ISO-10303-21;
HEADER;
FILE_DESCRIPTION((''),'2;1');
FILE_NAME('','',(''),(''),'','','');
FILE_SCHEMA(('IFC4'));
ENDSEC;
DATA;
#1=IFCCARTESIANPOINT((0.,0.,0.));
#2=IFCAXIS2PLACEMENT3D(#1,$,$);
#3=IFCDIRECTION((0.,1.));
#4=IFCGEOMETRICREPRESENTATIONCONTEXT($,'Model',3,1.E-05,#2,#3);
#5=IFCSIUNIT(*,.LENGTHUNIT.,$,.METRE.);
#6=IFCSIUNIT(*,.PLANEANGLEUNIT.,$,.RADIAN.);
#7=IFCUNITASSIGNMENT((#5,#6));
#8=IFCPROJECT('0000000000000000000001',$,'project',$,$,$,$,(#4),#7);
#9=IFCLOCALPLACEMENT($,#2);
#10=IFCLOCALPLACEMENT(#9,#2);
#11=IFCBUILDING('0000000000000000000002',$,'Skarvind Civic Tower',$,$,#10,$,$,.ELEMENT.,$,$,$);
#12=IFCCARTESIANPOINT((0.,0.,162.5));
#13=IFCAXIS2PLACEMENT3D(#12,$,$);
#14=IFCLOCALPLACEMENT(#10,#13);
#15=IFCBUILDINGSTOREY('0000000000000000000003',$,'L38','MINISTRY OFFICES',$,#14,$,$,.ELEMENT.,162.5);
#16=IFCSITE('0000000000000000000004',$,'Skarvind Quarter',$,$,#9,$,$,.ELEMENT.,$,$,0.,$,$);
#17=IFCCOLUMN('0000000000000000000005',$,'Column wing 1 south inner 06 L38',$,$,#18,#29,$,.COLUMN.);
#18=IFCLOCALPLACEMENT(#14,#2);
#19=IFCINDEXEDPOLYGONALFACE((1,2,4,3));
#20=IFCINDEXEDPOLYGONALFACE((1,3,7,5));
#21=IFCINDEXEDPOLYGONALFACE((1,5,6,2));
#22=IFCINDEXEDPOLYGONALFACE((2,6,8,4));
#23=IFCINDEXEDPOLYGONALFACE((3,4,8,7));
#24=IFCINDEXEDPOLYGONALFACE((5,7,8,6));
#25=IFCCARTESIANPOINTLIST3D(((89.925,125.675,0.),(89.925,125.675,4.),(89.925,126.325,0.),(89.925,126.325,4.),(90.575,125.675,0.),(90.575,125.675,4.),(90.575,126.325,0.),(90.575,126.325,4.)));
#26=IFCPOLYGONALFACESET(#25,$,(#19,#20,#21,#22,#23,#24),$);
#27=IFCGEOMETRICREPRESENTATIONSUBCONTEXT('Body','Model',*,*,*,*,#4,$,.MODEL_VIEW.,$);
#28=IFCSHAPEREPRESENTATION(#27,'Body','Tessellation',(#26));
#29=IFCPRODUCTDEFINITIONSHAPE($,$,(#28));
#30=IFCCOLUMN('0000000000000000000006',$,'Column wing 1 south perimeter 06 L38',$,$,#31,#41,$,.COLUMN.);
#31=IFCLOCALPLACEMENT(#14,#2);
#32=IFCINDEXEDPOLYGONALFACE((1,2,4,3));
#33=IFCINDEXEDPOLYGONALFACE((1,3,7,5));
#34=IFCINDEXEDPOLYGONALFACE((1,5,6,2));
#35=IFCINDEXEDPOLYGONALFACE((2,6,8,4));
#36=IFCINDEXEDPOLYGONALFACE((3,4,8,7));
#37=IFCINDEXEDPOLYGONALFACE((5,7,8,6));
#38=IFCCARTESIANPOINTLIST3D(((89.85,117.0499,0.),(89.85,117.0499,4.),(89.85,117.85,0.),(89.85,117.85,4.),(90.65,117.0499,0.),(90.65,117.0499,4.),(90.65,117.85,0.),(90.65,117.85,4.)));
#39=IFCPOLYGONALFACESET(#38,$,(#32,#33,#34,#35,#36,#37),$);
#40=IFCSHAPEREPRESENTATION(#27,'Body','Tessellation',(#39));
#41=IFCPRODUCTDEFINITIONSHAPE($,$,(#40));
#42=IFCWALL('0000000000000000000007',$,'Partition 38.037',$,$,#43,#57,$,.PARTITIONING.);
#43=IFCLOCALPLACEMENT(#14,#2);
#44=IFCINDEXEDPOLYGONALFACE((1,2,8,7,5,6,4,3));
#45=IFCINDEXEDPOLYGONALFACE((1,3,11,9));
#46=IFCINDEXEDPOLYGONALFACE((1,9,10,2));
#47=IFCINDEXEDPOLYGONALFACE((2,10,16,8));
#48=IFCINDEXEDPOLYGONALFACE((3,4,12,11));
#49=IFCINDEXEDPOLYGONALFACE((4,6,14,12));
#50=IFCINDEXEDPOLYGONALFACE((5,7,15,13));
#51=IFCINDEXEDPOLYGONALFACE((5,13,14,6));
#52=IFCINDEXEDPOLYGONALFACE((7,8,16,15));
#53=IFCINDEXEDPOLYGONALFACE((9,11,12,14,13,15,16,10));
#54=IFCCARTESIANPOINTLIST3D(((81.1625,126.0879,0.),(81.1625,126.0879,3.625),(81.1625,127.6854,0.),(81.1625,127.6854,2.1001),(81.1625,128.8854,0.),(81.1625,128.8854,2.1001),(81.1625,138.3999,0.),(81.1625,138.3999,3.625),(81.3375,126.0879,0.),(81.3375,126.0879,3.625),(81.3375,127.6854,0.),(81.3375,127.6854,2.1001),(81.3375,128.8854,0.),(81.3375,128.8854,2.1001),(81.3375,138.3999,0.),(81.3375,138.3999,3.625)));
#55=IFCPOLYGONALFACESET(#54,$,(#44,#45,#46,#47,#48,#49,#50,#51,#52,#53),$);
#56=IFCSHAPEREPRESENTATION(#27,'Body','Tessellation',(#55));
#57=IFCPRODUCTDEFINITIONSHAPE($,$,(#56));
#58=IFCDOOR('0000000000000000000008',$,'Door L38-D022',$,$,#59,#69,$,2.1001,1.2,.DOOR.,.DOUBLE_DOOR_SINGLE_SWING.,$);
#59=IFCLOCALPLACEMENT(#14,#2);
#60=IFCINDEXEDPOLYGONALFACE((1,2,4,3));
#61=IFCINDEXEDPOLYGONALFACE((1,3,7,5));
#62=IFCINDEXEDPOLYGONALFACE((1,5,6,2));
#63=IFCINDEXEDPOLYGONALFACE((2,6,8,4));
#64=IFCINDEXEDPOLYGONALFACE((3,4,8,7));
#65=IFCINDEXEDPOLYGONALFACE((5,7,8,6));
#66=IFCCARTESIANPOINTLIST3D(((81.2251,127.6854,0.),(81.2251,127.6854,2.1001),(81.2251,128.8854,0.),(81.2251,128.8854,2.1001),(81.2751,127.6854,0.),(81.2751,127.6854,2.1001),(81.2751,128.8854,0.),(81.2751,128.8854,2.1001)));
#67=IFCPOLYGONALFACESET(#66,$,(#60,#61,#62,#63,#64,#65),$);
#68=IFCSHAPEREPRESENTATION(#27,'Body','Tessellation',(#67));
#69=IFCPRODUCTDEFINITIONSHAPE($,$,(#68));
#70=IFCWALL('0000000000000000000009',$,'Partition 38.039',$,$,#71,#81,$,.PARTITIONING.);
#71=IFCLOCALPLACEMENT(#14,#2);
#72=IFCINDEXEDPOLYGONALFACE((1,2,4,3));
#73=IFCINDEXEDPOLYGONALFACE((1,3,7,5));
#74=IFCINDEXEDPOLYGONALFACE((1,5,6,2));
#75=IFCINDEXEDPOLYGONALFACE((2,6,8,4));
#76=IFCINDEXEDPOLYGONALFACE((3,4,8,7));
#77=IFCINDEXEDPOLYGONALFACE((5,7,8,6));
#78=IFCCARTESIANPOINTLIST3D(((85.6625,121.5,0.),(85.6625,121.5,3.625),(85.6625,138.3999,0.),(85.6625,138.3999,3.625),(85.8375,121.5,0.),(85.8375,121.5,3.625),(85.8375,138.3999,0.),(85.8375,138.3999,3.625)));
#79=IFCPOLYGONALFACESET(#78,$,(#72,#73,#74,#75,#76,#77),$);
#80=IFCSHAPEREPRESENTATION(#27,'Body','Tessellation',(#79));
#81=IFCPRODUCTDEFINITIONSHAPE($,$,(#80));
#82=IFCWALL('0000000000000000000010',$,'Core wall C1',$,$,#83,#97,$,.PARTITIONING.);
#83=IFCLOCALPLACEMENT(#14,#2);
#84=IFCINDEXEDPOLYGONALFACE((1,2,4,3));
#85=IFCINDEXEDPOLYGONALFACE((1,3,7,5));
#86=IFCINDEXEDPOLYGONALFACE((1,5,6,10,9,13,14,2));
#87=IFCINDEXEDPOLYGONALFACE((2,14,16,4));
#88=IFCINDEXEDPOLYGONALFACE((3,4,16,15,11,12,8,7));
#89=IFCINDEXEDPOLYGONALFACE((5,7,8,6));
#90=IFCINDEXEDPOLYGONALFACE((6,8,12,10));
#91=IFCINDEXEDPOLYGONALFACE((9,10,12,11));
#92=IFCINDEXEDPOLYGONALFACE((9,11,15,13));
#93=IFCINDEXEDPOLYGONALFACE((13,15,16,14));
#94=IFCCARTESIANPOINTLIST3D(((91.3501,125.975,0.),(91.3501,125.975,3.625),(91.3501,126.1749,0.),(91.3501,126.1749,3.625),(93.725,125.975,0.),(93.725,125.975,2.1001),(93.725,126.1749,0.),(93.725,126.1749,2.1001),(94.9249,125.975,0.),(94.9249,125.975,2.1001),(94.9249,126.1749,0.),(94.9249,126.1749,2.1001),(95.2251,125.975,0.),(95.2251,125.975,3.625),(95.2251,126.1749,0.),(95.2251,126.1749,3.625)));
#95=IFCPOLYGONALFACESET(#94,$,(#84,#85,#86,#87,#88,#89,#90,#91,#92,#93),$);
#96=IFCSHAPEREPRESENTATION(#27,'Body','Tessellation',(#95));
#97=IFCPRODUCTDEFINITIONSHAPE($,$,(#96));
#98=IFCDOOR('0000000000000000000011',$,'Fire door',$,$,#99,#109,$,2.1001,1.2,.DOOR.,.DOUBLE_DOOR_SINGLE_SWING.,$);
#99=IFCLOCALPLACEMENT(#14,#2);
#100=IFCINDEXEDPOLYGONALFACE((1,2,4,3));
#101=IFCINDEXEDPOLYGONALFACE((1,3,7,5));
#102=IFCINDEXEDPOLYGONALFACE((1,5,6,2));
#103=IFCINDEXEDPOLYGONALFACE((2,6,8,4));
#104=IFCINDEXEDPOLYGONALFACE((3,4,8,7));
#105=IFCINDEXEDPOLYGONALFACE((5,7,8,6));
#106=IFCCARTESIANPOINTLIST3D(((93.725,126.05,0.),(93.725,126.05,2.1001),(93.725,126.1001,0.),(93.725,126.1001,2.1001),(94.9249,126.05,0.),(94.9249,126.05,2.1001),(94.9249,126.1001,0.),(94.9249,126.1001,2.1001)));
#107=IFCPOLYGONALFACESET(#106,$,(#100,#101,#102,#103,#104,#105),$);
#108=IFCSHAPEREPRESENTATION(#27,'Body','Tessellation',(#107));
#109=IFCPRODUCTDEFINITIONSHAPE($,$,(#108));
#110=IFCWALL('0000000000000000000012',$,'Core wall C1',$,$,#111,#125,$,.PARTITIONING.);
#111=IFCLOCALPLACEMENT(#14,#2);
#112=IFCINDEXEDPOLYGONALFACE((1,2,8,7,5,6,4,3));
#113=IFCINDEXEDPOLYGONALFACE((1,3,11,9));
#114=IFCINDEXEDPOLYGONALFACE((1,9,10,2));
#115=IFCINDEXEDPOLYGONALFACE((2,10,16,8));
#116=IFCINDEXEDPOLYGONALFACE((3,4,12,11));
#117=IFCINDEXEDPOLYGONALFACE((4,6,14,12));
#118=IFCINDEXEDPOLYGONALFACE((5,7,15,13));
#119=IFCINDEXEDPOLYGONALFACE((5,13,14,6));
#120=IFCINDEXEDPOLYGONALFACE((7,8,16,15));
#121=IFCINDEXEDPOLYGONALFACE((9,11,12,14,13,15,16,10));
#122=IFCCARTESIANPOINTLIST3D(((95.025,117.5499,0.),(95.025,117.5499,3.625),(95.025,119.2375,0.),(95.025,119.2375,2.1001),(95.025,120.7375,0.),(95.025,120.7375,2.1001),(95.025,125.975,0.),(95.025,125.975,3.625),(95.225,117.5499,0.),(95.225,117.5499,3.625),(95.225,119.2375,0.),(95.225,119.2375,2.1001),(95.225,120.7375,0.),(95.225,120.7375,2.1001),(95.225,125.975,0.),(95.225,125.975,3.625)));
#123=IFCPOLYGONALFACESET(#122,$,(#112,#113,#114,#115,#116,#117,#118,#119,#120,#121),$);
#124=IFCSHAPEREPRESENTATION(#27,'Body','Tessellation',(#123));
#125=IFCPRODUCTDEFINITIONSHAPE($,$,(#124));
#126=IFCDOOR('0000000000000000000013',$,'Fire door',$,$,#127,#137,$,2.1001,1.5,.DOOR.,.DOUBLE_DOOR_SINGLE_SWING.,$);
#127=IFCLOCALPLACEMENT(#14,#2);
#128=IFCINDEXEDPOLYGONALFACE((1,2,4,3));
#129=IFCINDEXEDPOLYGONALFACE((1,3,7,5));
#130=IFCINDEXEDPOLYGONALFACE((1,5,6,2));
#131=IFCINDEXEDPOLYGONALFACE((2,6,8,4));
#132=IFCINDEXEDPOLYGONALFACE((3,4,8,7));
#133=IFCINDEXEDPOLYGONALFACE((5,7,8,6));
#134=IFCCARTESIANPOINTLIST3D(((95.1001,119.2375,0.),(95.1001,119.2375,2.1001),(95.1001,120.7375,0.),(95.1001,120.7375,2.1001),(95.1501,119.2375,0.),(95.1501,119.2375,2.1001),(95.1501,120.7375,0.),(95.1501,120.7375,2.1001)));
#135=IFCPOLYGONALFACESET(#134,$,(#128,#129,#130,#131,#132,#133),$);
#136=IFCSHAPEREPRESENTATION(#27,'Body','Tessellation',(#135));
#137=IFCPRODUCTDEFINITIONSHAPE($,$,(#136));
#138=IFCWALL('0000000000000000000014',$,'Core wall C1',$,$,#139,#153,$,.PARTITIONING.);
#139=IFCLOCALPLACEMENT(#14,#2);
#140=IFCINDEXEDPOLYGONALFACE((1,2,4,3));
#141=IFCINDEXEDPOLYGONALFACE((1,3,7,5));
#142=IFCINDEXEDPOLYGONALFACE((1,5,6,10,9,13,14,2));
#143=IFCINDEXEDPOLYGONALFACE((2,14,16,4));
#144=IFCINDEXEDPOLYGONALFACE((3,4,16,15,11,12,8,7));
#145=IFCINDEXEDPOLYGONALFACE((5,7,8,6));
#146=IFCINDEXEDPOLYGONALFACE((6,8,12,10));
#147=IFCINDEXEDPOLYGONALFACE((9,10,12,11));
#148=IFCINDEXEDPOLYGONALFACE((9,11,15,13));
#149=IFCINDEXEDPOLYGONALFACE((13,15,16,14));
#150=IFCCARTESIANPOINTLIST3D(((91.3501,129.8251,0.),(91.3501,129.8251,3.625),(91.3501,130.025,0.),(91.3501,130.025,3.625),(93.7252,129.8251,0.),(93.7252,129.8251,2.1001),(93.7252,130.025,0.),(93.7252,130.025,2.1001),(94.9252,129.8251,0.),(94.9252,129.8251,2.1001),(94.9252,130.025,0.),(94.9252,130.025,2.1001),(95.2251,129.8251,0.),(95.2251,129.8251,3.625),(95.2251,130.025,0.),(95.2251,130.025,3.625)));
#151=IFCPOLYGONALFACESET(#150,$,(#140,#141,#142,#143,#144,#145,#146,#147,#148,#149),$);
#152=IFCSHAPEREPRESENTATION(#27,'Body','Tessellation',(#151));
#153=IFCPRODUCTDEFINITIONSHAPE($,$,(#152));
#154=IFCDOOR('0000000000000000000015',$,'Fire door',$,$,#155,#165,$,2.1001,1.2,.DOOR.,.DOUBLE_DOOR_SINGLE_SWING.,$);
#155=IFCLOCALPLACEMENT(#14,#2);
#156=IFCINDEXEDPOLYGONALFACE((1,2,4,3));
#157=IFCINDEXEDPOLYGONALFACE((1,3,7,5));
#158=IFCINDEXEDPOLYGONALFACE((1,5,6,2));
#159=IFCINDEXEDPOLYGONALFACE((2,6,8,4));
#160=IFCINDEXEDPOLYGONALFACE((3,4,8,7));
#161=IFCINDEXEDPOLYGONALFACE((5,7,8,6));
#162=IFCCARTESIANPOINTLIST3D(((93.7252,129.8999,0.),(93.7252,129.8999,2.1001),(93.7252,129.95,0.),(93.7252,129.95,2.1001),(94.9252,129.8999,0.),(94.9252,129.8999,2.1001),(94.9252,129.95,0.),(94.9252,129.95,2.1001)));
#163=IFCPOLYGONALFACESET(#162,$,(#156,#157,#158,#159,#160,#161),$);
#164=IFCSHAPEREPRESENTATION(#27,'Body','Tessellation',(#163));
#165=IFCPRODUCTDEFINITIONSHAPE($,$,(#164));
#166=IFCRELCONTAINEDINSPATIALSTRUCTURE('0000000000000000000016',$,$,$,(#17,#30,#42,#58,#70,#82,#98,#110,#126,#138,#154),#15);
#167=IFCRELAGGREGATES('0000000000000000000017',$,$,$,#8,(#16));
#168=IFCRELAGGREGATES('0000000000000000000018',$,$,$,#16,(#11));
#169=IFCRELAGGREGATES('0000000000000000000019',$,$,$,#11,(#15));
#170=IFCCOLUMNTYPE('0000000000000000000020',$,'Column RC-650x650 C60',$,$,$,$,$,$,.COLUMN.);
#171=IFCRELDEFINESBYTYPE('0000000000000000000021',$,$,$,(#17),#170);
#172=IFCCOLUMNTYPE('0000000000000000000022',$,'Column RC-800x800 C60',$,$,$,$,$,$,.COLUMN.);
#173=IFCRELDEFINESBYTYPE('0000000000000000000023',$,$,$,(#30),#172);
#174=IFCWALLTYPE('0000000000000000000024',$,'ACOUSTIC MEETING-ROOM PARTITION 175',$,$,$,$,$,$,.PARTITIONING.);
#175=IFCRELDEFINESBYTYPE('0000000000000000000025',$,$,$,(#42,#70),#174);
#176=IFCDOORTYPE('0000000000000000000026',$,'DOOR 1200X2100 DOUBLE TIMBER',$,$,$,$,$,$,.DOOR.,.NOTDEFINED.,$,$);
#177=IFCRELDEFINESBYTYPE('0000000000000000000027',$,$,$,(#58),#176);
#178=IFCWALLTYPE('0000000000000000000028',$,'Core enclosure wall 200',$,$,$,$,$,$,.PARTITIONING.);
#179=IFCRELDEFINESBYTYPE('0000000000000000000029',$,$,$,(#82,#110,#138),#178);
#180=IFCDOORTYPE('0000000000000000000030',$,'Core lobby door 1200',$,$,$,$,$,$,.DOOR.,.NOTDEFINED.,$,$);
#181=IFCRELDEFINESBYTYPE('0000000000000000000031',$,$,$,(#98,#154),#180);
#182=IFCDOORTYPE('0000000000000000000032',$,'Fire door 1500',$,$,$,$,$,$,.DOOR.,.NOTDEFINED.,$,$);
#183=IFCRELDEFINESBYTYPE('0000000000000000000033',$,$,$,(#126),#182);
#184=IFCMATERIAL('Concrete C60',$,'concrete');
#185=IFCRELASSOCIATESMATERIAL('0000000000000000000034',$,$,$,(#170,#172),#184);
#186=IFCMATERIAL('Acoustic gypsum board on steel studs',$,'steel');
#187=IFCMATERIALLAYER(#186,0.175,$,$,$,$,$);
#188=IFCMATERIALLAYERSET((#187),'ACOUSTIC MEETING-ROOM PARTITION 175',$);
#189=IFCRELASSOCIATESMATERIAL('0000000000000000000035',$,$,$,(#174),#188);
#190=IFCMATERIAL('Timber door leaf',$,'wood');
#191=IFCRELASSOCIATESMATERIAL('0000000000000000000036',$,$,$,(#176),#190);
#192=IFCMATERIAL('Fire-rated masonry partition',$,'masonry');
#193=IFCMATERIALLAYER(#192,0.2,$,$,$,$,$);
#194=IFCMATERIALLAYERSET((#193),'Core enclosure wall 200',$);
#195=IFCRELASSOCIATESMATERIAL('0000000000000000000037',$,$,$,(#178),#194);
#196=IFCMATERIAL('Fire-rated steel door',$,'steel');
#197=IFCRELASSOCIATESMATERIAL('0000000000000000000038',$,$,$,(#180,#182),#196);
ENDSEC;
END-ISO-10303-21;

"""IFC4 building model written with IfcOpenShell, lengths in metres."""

from ifc_helpers import new_model, si_unit, direction, frame, frame_2d, origin, origin_2d, place, context, subcontext, project, spatial, rectangle, extrude, material, layer, layer_set, material_profile, profile_set, type_object, element, fill, save


model = new_model("IFC4")

# Units and contexts
model_context = context("Model", 3, precision=1e-05, world=origin(), true_north=direction((0.0, 1.0)))
body_context = subcontext(model_context, "Body", "Model", "MODEL_VIEW")
ifc_project = project(units=[si_unit("LENGTHUNIT", "METRE"), si_unit("PLANEANGLEUNIT", "RADIAN")], contexts=[model_context])

# Site, building, storey
site_placement = place(None, origin())
site = spatial("IfcSite", under=ifc_project, at=site_placement, Name="Skarvind Quarter", CompositionType="ELEMENT", RefElevation=0.0)
building_placement = place(site_placement, origin())
building = spatial("IfcBuilding", under=site, at=building_placement, Name="Skarvind Civic Tower", CompositionType="ELEMENT")
storey_placement = place(building_placement, frame((0.0, 0.0, 162.5)))
storey = spatial("IfcBuildingStorey", under=building, at=storey_placement, Name="L38", Description="MINISTRY OFFICES", CompositionType="ELEMENT", Elevation=162.5)

# Columns
ifc_material_1 = material(Name="Concrete C60", Category="concrete")
ifc_material_profile_1 = material_profile(ifc_material_1, rectangle(XDim=0.6499, YDim=0.6499, at=origin_2d()), Name="RC-650x650")
ifc_profile_set_1 = profile_set([ifc_material_profile_1], Name="Concrete C60")
column_type_1 = type_object("IfcColumnType", Name="Column RC-650x650 C60", PredefinedType="COLUMN", material=ifc_profile_set_1)
column_1_placement = place(storey_placement, frame((90.25, 126.0, 0.0), z_axis=(0.0, 0.0, 1.0), x_axis=(1.0, 0.0, 0.0)))
element("IfcColumn", 1, at=column_1_placement, inside=storey, type_object=column_type_1, Name="Column wing 1 south inner 06 L38", PredefinedType="COLUMN", context=body_context, shape_type="SweptSolid", body=[
    extrude(rectangle(XDim=0.6499, YDim=0.6499, at=origin_2d()), origin(), (0.0, 0.0, 1.0), 4.0),
])
ifc_material_profile_2 = material_profile(ifc_material_1, rectangle(XDim=0.8, YDim=0.8, at=origin_2d()), Name="RC-800x800")
ifc_profile_set_2 = profile_set([ifc_material_profile_2], Name="Concrete C60")
column_type_2 = type_object("IfcColumnType", Name="Column RC-800x800 C60", PredefinedType="COLUMN", material=ifc_profile_set_2)
column_2_placement = place(storey_placement, frame((90.25, 117.45, 0.0), z_axis=(0.0, 0.0, 1.0), x_axis=(1.0, 0.0, 0.0)))
element("IfcColumn", 2, at=column_2_placement, inside=storey, type_object=column_type_2, Name="Column wing 1 south perimeter 06 L38", PredefinedType="COLUMN", context=body_context, shape_type="SweptSolid", body=[
    extrude(rectangle(XDim=0.8, YDim=0.8, at=origin_2d()), origin(), (0.0, 0.0, 1.0), 4.0),
])

# Wall, opening, door
ifc_material_2 = material(Name="Acoustic gypsum board on steel studs", Category="steel")
ifc_layer_1 = layer(ifc_material_2, 0.175)
ifc_layer_set_1 = layer_set([ifc_layer_1], Name="ACOUSTIC MEETING-ROOM PARTITION 175")
wall_type_1 = type_object("IfcWallType", Name="ACOUSTIC MEETING-ROOM PARTITION 175", PredefinedType="PARTITIONING", material=ifc_layer_set_1)
wall_1_placement = place(storey_placement, frame((81.25, 126.0879, 0.0), z_axis=(0.0, 0.0, 1.0), x_axis=(0.0, 1.0, 0.0)))
wall_1 = element("IfcWall", 3, at=wall_1_placement, inside=storey, type_object=wall_type_1, Name="Partition 38.037", PredefinedType="PARTITIONING", context=body_context, shape_type="SweptSolid", body=[
    extrude(rectangle(XDim=12.312, YDim=0.175, at=frame_2d((6.156, 0.0))), origin(), (0.0, 0.0, 1.0), 3.625),
])
opening_1_placement = place(wall_1_placement, frame((1.5974, 0.0, 0.0)))
opening_1 = element("IfcOpeningElement", 4, at=opening_1_placement, cuts=wall_1, PredefinedType="OPENING", context=body_context, shape_type="SweptSolid", body=[
    extrude(rectangle(XDim=1.2, YDim=2.1001, at=frame_2d((0.6001, 1.05))), frame((0.0, 0.0974, 0.0), z_axis=(0.0, -1.0, 0.0), x_axis=(1.0, 0.0, 0.0)), (0.0, 0.0, 1.0), 0.1951),
])
ifc_material_3 = material(Name="Timber door leaf", Category="wood")
door_type_1 = type_object("IfcDoorType", Name="DOOR 1200X2100 DOUBLE TIMBER", OperationType="NOTDEFINED", PredefinedType="DOOR", material=ifc_material_3)
door_1_placement = place(opening_1_placement, origin())
door_1 = element("IfcDoor", 5, at=door_1_placement, inside=storey, type_object=door_type_1, Name="Door L38-D022", OperationType="DOUBLE_DOOR_SINGLE_SWING", OverallHeight=2.1001, OverallWidth=1.2, PredefinedType="DOOR", context=body_context, shape_type="SweptSolid", body=[
    extrude(rectangle(XDim=1.2, YDim=2.1001, at=frame_2d((0.6001, 1.05))), frame((0.0, 0.0249, 0.0), z_axis=(0.0, -1.0, 0.0), x_axis=(1.0, 0.0, 0.0)), (0.0, 0.0, 1.0), 0.05),
])
fill(opening_1, door_1)

# Wall
wall_2_placement = place(storey_placement, frame((85.75, 121.5, 0.0), z_axis=(0.0, 0.0, 1.0), x_axis=(0.0, 1.0, 0.0)))
element("IfcWall", 6, at=wall_2_placement, inside=storey, type_object=wall_type_1, Name="Partition 38.039", PredefinedType="PARTITIONING", context=body_context, shape_type="SweptSolid", body=[
    extrude(rectangle(XDim=16.8999, YDim=0.175, at=frame_2d((8.45, 0.0))), origin(), (0.0, 0.0, 1.0), 3.625),
])

# Walls, openings, doors
ifc_material_4 = material(Name="Fire-rated masonry partition", Category="masonry")
ifc_layer_2 = layer(ifc_material_4, 0.2)
ifc_layer_set_2 = layer_set([ifc_layer_2], Name="Core enclosure wall 200")
wall_type_2 = type_object("IfcWallType", Name="Core enclosure wall 200", PredefinedType="PARTITIONING", material=ifc_layer_set_2)
wall_3_placement = place(storey_placement, frame((95.2251, 126.075, 0.0), z_axis=(0.0, 0.0, 1.0), x_axis=(-1.0, 0.0, 0.0)))
wall_3 = element("IfcWall", 7, at=wall_3_placement, inside=storey, type_object=wall_type_2, Name="Core wall C1", PredefinedType="PARTITIONING", context=body_context, shape_type="SweptSolid", body=[
    extrude(rectangle(XDim=3.875, YDim=0.2, at=frame_2d((1.9375, 0.0))), origin(), (0.0, 0.0, 1.0), 3.625),
])
opening_2_placement = place(wall_3_placement, frame((0.3, 0.0, 0.0)))
opening_2 = element("IfcOpeningElement", 8, at=opening_2_placement, cuts=wall_3, PredefinedType="OPENING", context=body_context, shape_type="SweptSolid", body=[
    extrude(rectangle(XDim=1.2, YDim=2.1001, at=frame_2d((0.6001, 1.05))), frame((0.0, 0.1099, 0.0), z_axis=(0.0, -1.0, 0.0), x_axis=(1.0, 0.0, 0.0)), (0.0, 0.0, 1.0), 0.22),
])
ifc_material_5 = material(Name="Fire-rated steel door", Category="steel")
door_type_2 = type_object("IfcDoorType", Name="Core lobby door 1200", OperationType="NOTDEFINED", PredefinedType="DOOR", material=ifc_material_5)
door_2_placement = place(opening_2_placement, origin())
door_2 = element("IfcDoor", 9, at=door_2_placement, inside=storey, type_object=door_type_2, Name="Fire door", OperationType="DOUBLE_DOOR_SINGLE_SWING", OverallHeight=2.1001, OverallWidth=1.2, PredefinedType="DOOR", context=body_context, shape_type="SweptSolid", body=[
    extrude(rectangle(XDim=1.2, YDim=2.1001, at=frame_2d((0.6001, 1.05))), frame((0.0, 0.0249, 0.0), z_axis=(0.0, -1.0, 0.0), x_axis=(1.0, 0.0, 0.0)), (0.0, 0.0, 1.0), 0.05),
])
fill(opening_2, door_2)
wall_4_placement = place(storey_placement, frame((95.125, 117.55, 0.0), z_axis=(0.0, 0.0, 1.0), x_axis=(0.0, 1.0, 0.0)))
wall_4 = element("IfcWall", 10, at=wall_4_placement, inside=storey, type_object=wall_type_2, Name="Core wall C1", PredefinedType="PARTITIONING", context=body_context, shape_type="SweptSolid", body=[
    extrude(rectangle(XDim=8.425, YDim=0.2, at=frame_2d((4.2124, 0.0))), origin(), (0.0, 0.0, 1.0), 3.625),
])
opening_3_placement = place(wall_4_placement, frame((1.6875, 0.0, 0.0)))
opening_3 = element("IfcOpeningElement", 11, at=opening_3_placement, cuts=wall_4, PredefinedType="OPENING", context=body_context, shape_type="SweptSolid", body=[
    extrude(rectangle(XDim=1.5, YDim=2.1001, at=frame_2d((0.75, 1.05))), frame((0.0, 0.1099, 0.0), z_axis=(0.0, -1.0, 0.0), x_axis=(1.0, 0.0, 0.0)), (0.0, 0.0, 1.0), 0.22),
])
door_type_3 = type_object("IfcDoorType", Name="Fire door 1500", OperationType="NOTDEFINED", PredefinedType="DOOR", material=ifc_material_5)
door_3_placement = place(opening_3_placement, origin())
door_3 = element("IfcDoor", 12, at=door_3_placement, inside=storey, type_object=door_type_3, Name="Fire door", OperationType="DOUBLE_DOOR_SINGLE_SWING", OverallHeight=2.1001, OverallWidth=1.5, PredefinedType="DOOR", context=body_context, shape_type="SweptSolid", body=[
    extrude(rectangle(XDim=1.5, YDim=2.1001, at=frame_2d((0.75, 1.05))), frame((0.0, 0.0249, 0.0), z_axis=(0.0, -1.0, 0.0), x_axis=(1.0, 0.0, 0.0)), (0.0, 0.0, 1.0), 0.05),
])
fill(opening_3, door_3)
wall_5_placement = place(storey_placement, frame((91.3501, 129.925, 0.0), z_axis=(0.0, 0.0, 1.0), x_axis=(1.0, 0.0, 0.0)))
wall_5 = element("IfcWall", 13, at=wall_5_placement, inside=storey, type_object=wall_type_2, Name="Core wall C1", PredefinedType="PARTITIONING", context=body_context, shape_type="SweptSolid", body=[
    extrude(rectangle(XDim=3.875, YDim=0.2, at=frame_2d((1.9375, 0.0))), origin(), (0.0, 0.0, 1.0), 3.625),
])
opening_4_placement = place(wall_5_placement, frame((2.375, 0.0, 0.0)))
opening_4 = element("IfcOpeningElement", 14, at=opening_4_placement, cuts=wall_5, PredefinedType="OPENING", context=body_context, shape_type="SweptSolid", body=[
    extrude(rectangle(XDim=1.2, YDim=2.1001, at=frame_2d((0.6001, 1.05))), frame((0.0, 0.1099, 0.0), z_axis=(0.0, -1.0, 0.0), x_axis=(1.0, 0.0, 0.0)), (0.0, 0.0, 1.0), 0.22),
])
door_4_placement = place(opening_4_placement, origin())
door_4 = element("IfcDoor", 15, at=door_4_placement, inside=storey, type_object=door_type_2, Name="Fire door", OperationType="DOUBLE_DOOR_SINGLE_SWING", OverallHeight=2.1001, OverallWidth=1.2, PredefinedType="DOOR", context=body_context, shape_type="SweptSolid", body=[
    extrude(rectangle(XDim=1.2, YDim=2.1001, at=frame_2d((0.6001, 1.05))), frame((0.0, 0.0249, 0.0), z_axis=(0.0, -1.0, 0.0), x_axis=(1.0, 0.0, 0.0)), (0.0, 0.0, 1.0), 0.05),
])
fill(opening_4, door_4)

save(model, "model.ifc")
